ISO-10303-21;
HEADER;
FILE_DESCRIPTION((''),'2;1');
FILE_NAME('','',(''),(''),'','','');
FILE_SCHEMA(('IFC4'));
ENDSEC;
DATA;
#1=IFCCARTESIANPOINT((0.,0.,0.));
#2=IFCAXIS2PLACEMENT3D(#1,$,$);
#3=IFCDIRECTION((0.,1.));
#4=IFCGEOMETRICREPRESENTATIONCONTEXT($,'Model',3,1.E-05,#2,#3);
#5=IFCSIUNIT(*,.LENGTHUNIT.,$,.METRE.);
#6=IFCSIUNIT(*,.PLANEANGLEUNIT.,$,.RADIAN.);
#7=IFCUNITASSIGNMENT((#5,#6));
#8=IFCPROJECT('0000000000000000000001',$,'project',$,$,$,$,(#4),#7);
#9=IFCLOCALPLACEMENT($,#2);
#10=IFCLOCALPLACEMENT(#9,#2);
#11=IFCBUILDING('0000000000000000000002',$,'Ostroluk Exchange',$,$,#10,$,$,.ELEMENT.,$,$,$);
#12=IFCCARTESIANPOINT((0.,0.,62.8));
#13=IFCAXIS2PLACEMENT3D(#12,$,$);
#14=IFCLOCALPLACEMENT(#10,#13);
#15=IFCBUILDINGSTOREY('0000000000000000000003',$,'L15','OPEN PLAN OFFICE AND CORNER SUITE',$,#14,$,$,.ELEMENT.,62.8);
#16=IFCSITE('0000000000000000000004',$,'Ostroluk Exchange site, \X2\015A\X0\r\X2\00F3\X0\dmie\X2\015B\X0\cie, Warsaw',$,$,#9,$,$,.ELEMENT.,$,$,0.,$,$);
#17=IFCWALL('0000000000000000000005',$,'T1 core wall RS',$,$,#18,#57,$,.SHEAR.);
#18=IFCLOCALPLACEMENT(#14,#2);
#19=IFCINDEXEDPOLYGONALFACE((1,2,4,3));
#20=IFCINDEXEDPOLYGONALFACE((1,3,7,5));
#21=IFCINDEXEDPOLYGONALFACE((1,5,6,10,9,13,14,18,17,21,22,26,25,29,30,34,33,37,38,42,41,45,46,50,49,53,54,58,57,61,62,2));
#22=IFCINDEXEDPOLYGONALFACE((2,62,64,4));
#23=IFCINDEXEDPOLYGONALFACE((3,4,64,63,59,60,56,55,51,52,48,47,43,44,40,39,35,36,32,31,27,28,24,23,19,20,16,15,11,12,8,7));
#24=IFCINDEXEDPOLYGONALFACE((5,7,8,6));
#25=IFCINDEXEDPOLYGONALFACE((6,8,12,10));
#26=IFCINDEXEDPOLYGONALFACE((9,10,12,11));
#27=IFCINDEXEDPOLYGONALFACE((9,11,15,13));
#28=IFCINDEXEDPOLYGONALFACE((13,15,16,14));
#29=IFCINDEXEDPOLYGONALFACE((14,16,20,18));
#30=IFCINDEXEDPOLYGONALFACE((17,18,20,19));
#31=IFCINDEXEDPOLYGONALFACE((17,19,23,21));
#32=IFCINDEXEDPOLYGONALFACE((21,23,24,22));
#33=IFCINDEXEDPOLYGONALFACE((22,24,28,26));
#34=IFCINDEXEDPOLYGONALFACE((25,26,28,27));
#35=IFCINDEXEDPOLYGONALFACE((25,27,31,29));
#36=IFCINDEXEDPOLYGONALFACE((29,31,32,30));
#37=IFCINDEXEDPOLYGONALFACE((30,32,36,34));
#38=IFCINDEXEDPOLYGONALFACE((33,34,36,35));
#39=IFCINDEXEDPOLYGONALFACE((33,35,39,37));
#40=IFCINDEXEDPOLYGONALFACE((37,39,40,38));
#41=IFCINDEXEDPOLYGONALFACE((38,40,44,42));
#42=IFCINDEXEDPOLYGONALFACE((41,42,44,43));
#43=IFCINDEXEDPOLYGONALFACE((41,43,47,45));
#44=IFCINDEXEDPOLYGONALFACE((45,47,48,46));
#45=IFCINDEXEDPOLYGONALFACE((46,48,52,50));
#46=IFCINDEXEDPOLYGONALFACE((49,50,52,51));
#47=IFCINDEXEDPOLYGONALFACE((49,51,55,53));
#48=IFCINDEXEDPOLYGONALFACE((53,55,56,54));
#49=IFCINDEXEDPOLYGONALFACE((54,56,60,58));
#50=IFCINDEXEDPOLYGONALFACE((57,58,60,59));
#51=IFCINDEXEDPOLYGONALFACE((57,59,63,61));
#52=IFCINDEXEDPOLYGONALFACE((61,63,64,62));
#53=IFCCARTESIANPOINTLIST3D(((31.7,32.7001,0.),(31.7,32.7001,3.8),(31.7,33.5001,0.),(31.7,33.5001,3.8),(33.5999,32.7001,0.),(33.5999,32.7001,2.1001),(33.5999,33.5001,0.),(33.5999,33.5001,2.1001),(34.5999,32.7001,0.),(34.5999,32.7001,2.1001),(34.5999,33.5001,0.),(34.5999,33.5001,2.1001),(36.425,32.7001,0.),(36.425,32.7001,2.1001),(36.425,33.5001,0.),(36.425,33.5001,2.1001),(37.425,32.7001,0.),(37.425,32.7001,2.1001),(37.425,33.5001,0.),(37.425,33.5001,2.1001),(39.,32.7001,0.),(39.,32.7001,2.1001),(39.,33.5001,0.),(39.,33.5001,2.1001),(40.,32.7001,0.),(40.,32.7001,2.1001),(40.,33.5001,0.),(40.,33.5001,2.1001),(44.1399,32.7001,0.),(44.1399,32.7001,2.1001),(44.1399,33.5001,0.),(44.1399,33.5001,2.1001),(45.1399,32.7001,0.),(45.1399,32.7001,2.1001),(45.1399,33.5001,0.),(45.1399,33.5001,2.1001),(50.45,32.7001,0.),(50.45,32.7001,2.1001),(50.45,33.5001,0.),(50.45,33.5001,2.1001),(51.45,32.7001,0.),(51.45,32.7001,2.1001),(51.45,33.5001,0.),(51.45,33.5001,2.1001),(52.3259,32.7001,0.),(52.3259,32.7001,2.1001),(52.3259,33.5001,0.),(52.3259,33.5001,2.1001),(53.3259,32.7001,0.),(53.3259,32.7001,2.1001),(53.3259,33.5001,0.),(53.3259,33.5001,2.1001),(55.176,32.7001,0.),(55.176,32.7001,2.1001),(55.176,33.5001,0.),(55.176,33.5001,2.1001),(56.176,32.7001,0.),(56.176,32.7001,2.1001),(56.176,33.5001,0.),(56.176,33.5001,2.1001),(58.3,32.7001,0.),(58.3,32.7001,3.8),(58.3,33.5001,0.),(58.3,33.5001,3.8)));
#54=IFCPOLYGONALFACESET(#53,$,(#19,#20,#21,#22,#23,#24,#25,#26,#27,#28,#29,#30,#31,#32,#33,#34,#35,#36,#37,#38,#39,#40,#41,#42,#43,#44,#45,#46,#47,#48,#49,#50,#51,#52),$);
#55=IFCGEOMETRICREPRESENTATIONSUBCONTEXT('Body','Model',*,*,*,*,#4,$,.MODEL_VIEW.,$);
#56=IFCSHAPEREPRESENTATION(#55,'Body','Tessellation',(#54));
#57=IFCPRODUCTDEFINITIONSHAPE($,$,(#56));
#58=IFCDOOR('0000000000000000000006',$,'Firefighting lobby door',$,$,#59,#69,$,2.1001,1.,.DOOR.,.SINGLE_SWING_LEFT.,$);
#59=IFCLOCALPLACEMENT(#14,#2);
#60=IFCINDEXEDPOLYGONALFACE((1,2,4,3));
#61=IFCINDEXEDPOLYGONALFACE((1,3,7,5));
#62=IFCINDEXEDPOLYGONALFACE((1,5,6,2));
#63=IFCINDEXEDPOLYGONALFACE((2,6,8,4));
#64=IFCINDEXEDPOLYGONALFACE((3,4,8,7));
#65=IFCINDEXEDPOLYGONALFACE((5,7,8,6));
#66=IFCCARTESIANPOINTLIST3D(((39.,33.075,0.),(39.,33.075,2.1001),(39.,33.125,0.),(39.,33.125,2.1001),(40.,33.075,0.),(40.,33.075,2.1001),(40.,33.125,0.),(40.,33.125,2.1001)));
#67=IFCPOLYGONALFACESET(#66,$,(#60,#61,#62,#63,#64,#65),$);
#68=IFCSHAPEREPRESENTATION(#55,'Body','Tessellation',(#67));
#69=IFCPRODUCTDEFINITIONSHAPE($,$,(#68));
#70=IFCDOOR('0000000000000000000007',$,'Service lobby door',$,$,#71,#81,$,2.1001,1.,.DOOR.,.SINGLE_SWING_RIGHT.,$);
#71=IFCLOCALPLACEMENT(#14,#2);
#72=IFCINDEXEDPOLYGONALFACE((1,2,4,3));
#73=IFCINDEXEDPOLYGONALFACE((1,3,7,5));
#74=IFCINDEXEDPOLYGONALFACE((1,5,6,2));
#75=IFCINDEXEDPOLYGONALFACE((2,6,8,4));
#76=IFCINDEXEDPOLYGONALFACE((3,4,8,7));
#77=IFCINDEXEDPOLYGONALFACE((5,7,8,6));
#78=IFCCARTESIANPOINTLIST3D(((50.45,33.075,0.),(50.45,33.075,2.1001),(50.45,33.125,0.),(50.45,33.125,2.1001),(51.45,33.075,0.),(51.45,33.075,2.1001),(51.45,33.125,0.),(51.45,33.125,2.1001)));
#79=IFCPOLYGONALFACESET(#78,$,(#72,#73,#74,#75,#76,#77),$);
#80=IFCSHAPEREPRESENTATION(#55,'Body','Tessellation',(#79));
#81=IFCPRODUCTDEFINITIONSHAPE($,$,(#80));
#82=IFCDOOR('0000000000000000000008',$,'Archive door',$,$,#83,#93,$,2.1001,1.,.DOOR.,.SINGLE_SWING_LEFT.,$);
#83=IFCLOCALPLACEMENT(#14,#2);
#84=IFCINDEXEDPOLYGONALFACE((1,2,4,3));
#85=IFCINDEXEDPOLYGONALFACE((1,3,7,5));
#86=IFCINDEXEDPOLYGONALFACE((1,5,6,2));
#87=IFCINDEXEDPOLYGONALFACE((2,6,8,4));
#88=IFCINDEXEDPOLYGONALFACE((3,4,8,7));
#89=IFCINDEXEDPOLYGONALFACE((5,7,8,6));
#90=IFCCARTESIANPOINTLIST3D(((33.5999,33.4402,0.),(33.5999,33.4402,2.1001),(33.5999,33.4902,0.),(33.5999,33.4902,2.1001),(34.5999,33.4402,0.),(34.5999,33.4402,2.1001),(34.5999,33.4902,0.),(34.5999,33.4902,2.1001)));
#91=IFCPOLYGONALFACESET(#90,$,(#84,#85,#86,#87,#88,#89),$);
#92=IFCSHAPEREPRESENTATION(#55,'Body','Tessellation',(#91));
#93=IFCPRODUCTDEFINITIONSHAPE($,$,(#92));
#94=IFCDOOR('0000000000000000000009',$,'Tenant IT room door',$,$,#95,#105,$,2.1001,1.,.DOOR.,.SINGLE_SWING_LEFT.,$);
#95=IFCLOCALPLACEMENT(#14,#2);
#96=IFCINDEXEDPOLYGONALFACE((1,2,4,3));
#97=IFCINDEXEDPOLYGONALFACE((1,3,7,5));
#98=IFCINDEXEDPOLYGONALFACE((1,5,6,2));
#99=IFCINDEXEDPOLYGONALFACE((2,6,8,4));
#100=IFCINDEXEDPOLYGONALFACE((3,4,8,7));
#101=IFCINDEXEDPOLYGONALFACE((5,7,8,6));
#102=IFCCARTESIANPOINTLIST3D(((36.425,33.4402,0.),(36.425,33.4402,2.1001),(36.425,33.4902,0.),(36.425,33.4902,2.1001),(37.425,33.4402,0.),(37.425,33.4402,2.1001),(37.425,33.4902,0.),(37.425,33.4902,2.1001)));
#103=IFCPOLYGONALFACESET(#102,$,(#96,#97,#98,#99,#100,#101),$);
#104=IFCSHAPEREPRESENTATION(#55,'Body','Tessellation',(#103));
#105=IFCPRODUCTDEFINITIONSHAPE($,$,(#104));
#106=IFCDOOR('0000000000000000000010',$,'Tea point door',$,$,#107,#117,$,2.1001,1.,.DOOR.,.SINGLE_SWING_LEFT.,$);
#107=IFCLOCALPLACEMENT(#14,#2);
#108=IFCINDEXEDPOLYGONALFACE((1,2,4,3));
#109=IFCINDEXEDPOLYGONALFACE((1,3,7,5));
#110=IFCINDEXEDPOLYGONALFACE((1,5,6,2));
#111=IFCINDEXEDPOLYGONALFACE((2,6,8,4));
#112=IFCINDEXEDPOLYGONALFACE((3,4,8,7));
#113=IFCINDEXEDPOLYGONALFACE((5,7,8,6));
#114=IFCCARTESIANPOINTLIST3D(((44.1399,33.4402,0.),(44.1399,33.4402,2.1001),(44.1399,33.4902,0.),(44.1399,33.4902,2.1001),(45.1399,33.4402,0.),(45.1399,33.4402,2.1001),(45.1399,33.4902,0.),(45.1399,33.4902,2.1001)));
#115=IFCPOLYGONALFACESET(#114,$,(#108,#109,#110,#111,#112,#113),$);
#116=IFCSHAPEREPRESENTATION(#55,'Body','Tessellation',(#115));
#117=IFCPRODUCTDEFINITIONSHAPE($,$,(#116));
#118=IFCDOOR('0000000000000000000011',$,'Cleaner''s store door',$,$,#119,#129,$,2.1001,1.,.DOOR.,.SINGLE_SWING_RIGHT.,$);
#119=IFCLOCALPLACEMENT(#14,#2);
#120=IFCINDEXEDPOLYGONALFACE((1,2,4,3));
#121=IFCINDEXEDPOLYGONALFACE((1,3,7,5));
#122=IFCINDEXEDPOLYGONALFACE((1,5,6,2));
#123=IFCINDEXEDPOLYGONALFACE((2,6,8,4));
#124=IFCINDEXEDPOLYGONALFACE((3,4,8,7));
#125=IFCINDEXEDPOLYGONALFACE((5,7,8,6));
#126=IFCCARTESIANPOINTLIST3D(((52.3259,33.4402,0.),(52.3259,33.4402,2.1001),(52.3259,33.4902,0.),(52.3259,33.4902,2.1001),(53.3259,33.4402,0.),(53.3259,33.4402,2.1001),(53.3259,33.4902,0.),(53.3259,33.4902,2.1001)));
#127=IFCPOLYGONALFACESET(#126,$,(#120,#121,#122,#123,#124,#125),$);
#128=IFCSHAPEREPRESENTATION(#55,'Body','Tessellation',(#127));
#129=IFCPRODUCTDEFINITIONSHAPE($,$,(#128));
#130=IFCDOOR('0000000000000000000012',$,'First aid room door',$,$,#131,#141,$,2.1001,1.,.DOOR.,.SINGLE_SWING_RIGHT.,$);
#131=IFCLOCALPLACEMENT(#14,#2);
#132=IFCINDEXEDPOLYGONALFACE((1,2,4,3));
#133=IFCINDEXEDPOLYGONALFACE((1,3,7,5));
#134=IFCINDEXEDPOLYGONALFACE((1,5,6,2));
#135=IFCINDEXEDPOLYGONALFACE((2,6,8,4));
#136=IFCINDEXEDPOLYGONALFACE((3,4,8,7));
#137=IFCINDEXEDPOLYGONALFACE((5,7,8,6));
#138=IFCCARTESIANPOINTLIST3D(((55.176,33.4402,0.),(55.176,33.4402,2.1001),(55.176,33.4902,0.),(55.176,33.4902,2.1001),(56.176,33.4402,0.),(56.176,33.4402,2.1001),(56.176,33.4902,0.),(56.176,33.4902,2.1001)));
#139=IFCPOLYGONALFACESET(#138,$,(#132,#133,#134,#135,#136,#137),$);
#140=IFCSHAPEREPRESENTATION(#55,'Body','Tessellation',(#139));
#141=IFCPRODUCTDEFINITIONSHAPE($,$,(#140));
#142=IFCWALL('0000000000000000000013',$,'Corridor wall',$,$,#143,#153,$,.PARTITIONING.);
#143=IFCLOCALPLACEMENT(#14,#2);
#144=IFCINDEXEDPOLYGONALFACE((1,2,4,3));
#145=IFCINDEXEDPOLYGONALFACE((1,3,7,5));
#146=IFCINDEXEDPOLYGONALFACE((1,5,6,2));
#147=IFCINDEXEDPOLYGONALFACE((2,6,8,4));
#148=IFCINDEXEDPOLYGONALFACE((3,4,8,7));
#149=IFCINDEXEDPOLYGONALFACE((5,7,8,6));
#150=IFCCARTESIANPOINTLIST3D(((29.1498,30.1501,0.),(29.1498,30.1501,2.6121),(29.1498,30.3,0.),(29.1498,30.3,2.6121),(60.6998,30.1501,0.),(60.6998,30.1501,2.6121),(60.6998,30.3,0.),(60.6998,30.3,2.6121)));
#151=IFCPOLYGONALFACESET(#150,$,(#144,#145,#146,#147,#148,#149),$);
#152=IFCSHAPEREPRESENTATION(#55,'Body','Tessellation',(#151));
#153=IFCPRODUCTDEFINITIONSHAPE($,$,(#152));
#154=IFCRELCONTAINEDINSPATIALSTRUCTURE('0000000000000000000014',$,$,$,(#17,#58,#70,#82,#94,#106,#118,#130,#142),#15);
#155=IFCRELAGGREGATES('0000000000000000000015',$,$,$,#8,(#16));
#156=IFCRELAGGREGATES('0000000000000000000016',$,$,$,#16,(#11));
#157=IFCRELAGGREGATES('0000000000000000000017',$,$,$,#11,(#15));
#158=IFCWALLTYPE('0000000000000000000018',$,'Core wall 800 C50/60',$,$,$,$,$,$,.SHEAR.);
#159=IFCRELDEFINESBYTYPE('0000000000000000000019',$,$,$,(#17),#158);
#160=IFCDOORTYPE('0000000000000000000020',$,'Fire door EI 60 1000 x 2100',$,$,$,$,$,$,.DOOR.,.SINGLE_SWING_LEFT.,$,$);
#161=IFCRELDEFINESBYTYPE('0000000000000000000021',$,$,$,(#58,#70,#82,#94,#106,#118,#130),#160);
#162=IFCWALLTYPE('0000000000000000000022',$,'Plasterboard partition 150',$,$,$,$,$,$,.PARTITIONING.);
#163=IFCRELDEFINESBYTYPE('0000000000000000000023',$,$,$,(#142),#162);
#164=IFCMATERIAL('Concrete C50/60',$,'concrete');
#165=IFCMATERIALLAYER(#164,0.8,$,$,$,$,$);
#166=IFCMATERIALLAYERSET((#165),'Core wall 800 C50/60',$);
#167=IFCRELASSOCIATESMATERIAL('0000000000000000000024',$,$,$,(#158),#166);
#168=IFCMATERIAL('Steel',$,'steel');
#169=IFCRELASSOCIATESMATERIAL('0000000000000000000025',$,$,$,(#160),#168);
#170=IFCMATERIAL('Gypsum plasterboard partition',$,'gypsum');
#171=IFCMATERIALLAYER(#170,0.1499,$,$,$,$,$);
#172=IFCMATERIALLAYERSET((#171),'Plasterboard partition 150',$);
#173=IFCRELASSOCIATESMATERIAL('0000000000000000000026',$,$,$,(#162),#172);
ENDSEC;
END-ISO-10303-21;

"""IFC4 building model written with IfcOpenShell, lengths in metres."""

from ifc_helpers import new_model, si_unit, direction, frame, frame_2d, origin, place, context, subcontext, project, spatial, rectangle, extrude, material, layer, layer_set, type_object, element, fill, save


model = new_model("IFC4")

# Units and contexts
model_context = context("Model", 3, precision=1e-05, world=origin(), true_north=direction((0.0, 1.0)))
body_context = subcontext(model_context, "Body", "Model", "MODEL_VIEW")
ifc_project = project(units=[si_unit("LENGTHUNIT", "METRE"), si_unit("PLANEANGLEUNIT", "RADIAN")], contexts=[model_context])

# Site, building, storey
site_placement = place(None, origin())
site = spatial("IfcSite", under=ifc_project, at=site_placement, Name="Ostroluk Exchange site, Śródmieście, Warsaw", CompositionType="ELEMENT", RefElevation=0.0)
building_placement = place(site_placement, origin())
building = spatial("IfcBuilding", under=site, at=building_placement, Name="Ostroluk Exchange", CompositionType="ELEMENT")
storey_placement = place(building_placement, frame((0.0, 0.0, 62.8)))
storey = spatial("IfcBuildingStorey", under=building, at=storey_placement, Name="L15", Description="OPEN PLAN OFFICE AND CORNER SUITE", CompositionType="ELEMENT", Elevation=62.8)

# Wall, openings, doors
ifc_material_1 = material(Name="Concrete C50/60", Category="concrete")
ifc_layer_1 = layer(ifc_material_1, 0.8)
ifc_layer_set_1 = layer_set([ifc_layer_1], Name="Core wall 800 C50/60")
wall_type_1 = type_object("IfcWallType", Name="Core wall 800 C50/60", PredefinedType="SHEAR", material=ifc_layer_set_1)
wall_1_placement = place(storey_placement, frame((31.7, 33.1001, 0.0), z_axis=(0.0, 0.0, 1.0), x_axis=(1.0, 0.0, 0.0)))
wall_1 = element("IfcWall", 1, at=wall_1_placement, inside=storey, type_object=wall_type_1, Name="T1 core wall RS", PredefinedType="SHEAR", context=body_context, shape_type="SweptSolid", body=[
    extrude(rectangle(XDim=26.6001, YDim=0.8, at=frame_2d((13.3, 0.0))), origin(), (0.0, 0.0, 1.0), 3.8),
])
opening_1_placement = place(wall_1_placement, frame((7.3, 0.0, 0.0)))
opening_1 = element("IfcOpeningElement", 2, at=opening_1_placement, cuts=wall_1, PredefinedType="OPENING", context=body_context, shape_type="SweptSolid", body=[
    extrude(rectangle(XDim=1.0, YDim=2.1001, at=frame_2d((0.5, 1.05))), frame((0.0, 0.4099, 0.0), z_axis=(0.0, -1.0, 0.0), x_axis=(1.0, 0.0, 0.0)), (0.0, 0.0, 1.0), 0.8201),
])
opening_2_placement = place(wall_1_placement, frame((18.75, 0.0, 0.0)))
opening_2 = element("IfcOpeningElement", 3, at=opening_2_placement, cuts=wall_1, PredefinedType="OPENING", context=body_context, shape_type="SweptSolid", body=[
    extrude(rectangle(XDim=1.0, YDim=2.1001, at=frame_2d((0.5, 1.05))), frame((0.0, 0.4099, 0.0), z_axis=(0.0, -1.0, 0.0), x_axis=(1.0, 0.0, 0.0)), (0.0, 0.0, 1.0), 0.8201),
])
opening_3_placement = place(wall_1_placement, frame((1.8999, 0.0, 0.0)))
opening_3 = element("IfcOpeningElement", 4, at=opening_3_placement, cuts=wall_1, PredefinedType="OPENING", context=body_context, shape_type="SweptSolid", body=[
    extrude(rectangle(XDim=1.0, YDim=2.1001, at=frame_2d((0.5, 1.05))), frame((0.0, 0.4099, 0.0), z_axis=(0.0, -1.0, 0.0), x_axis=(1.0, 0.0, 0.0)), (0.0, 0.0, 1.0), 0.8201),
])
opening_4_placement = place(wall_1_placement, frame((4.7251, 0.0, 0.0)))
opening_4 = element("IfcOpeningElement", 5, at=opening_4_placement, cuts=wall_1, PredefinedType="OPENING", context=body_context, shape_type="SweptSolid", body=[
    extrude(rectangle(XDim=1.0, YDim=2.1001, at=frame_2d((0.5, 1.05))), frame((0.0, 0.4099, 0.0), z_axis=(0.0, -1.0, 0.0), x_axis=(1.0, 0.0, 0.0)), (0.0, 0.0, 1.0), 0.8201),
])
opening_5_placement = place(wall_1_placement, frame((12.4399, 0.0, 0.0)))
opening_5 = element("IfcOpeningElement", 6, at=opening_5_placement, cuts=wall_1, PredefinedType="OPENING", context=body_context, shape_type="SweptSolid", body=[
    extrude(rectangle(XDim=1.0, YDim=2.1001, at=frame_2d((0.5, 1.05))), frame((0.0, 0.4099, 0.0), z_axis=(0.0, -1.0, 0.0), x_axis=(1.0, 0.0, 0.0)), (0.0, 0.0, 1.0), 0.8201),
])
opening_6_placement = place(wall_1_placement, frame((20.626, 0.0, 0.0)))
opening_6 = element("IfcOpeningElement", 7, at=opening_6_placement, cuts=wall_1, PredefinedType="OPENING", context=body_context, shape_type="SweptSolid", body=[
    extrude(rectangle(XDim=1.0, YDim=2.1001, at=frame_2d((0.5, 1.05))), frame((0.0, 0.4099, 0.0), z_axis=(0.0, -1.0, 0.0), x_axis=(1.0, 0.0, 0.0)), (0.0, 0.0, 1.0), 0.8201),
])
opening_7_placement = place(wall_1_placement, frame((23.4761, 0.0, 0.0)))
opening_7 = element("IfcOpeningElement", 8, at=opening_7_placement, cuts=wall_1, PredefinedType="OPENING", context=body_context, shape_type="SweptSolid", body=[
    extrude(rectangle(XDim=1.0, YDim=2.1001, at=frame_2d((0.5, 1.05))), frame((0.0, 0.4099, 0.0), z_axis=(0.0, -1.0, 0.0), x_axis=(1.0, 0.0, 0.0)), (0.0, 0.0, 1.0), 0.8201),
])
ifc_material_2 = material(Name="Steel", Category="steel")
door_type_1 = type_object("IfcDoorType", Name="Fire door EI 60 1000 x 2100", OperationType="SINGLE_SWING_LEFT", PredefinedType="DOOR", material=ifc_material_2)
door_1_placement = place(opening_1_placement, origin())
door_1 = element("IfcDoor", 9, at=door_1_placement, inside=storey, type_object=door_type_1, Name="Firefighting lobby door", OperationType="SINGLE_SWING_LEFT", OverallHeight=2.1001, OverallWidth=1.0, PredefinedType="DOOR", context=body_context, shape_type="SweptSolid", body=[
    extrude(rectangle(XDim=1.0, YDim=2.1001, at=frame_2d((0.5, 1.05))), frame((0.0, 0.0249, 0.0), z_axis=(0.0, -1.0, 0.0), x_axis=(1.0, 0.0, 0.0)), (0.0, 0.0, 1.0), 0.05),
])
fill(opening_1, door_1)
door_2_placement = place(opening_2_placement, origin())
door_2 = element("IfcDoor", 10, at=door_2_placement, inside=storey, type_object=door_type_1, Name="Service lobby door", OperationType="SINGLE_SWING_RIGHT", OverallHeight=2.1001, OverallWidth=1.0, PredefinedType="DOOR", context=body_context, shape_type="SweptSolid", body=[
    extrude(rectangle(XDim=1.0, YDim=2.1001, at=frame_2d((0.5, 1.05))), frame((0.0, 0.0249, 0.0), z_axis=(0.0, -1.0, 0.0), x_axis=(1.0, 0.0, 0.0)), (0.0, 0.0, 1.0), 0.05),
])
fill(opening_2, door_2)
door_3_placement = place(opening_3_placement, origin())
door_3 = element("IfcDoor", 11, at=door_3_placement, inside=storey, type_object=door_type_1, Name="Archive door", OperationType="SINGLE_SWING_LEFT", OverallHeight=2.1001, OverallWidth=1.0, PredefinedType="DOOR", context=body_context, shape_type="SweptSolid", body=[
    extrude(rectangle(XDim=1.0, YDim=2.1001, at=frame_2d((0.5, 1.05))), frame((0.0, 0.3901, 0.0), z_axis=(0.0, -1.0, 0.0), x_axis=(1.0, 0.0, 0.0)), (0.0, 0.0, 1.0), 0.05),
])
fill(opening_3, door_3)
door_4_placement = place(opening_4_placement, origin())
door_4 = element("IfcDoor", 12, at=door_4_placement, inside=storey, type_object=door_type_1, Name="Tenant IT room door", OperationType="SINGLE_SWING_LEFT", OverallHeight=2.1001, OverallWidth=1.0, PredefinedType="DOOR", context=body_context, shape_type="SweptSolid", body=[
    extrude(rectangle(XDim=1.0, YDim=2.1001, at=frame_2d((0.5, 1.05))), frame((0.0, 0.3901, 0.0), z_axis=(0.0, -1.0, 0.0), x_axis=(1.0, 0.0, 0.0)), (0.0, 0.0, 1.0), 0.05),
])
fill(opening_4, door_4)
door_5_placement = place(opening_5_placement, origin())
door_5 = element("IfcDoor", 13, at=door_5_placement, inside=storey, type_object=door_type_1, Name="Tea point door", OperationType="SINGLE_SWING_LEFT", OverallHeight=2.1001, OverallWidth=1.0, PredefinedType="DOOR", context=body_context, shape_type="SweptSolid", body=[
    extrude(rectangle(XDim=1.0, YDim=2.1001, at=frame_2d((0.5, 1.05))), frame((0.0, 0.3901, 0.0), z_axis=(0.0, -1.0, 0.0), x_axis=(1.0, 0.0, 0.0)), (0.0, 0.0, 1.0), 0.05),
])
fill(opening_5, door_5)
door_6_placement = place(opening_6_placement, origin())
door_6 = element("IfcDoor", 14, at=door_6_placement, inside=storey, type_object=door_type_1, Name="Cleaner's store door", OperationType="SINGLE_SWING_RIGHT", OverallHeight=2.1001, OverallWidth=1.0, PredefinedType="DOOR", context=body_context, shape_type="SweptSolid", body=[
    extrude(rectangle(XDim=1.0, YDim=2.1001, at=frame_2d((0.5, 1.05))), frame((0.0, 0.3901, 0.0), z_axis=(0.0, -1.0, 0.0), x_axis=(1.0, 0.0, 0.0)), (0.0, 0.0, 1.0), 0.05),
])
fill(opening_6, door_6)
door_7_placement = place(opening_7_placement, origin())
door_7 = element("IfcDoor", 15, at=door_7_placement, inside=storey, type_object=door_type_1, Name="First aid room door", OperationType="SINGLE_SWING_RIGHT", OverallHeight=2.1001, OverallWidth=1.0, PredefinedType="DOOR", context=body_context, shape_type="SweptSolid", body=[
    extrude(rectangle(XDim=1.0, YDim=2.1001, at=frame_2d((0.5, 1.05))), frame((0.0, 0.3901, 0.0), z_axis=(0.0, -1.0, 0.0), x_axis=(1.0, 0.0, 0.0)), (0.0, 0.0, 1.0), 0.05),
])
fill(opening_7, door_7)

# Wall
ifc_material_3 = material(Name="Gypsum plasterboard partition", Category="gypsum")
ifc_layer_2 = layer(ifc_material_3, 0.1499)
ifc_layer_set_2 = layer_set([ifc_layer_2], Name="Plasterboard partition 150")
wall_type_2 = type_object("IfcWallType", Name="Plasterboard partition 150", PredefinedType="PARTITIONING", material=ifc_layer_set_2)
wall_2_placement = place(storey_placement, frame((29.1499, 30.2251, 0.0), z_axis=(0.0, 0.0, 1.0), x_axis=(1.0, 0.0, 0.0)))
element("IfcWall", 16, at=wall_2_placement, inside=storey, type_object=wall_type_2, Name="Corridor wall", PredefinedType="PARTITIONING", context=body_context, shape_type="SweptSolid", body=[
    extrude(rectangle(XDim=31.55, YDim=0.1499, at=frame_2d((15.7749, 0.0))), origin(), (0.0, 0.0, 1.0), 2.6121),
])

save(model, "model.ifc")
